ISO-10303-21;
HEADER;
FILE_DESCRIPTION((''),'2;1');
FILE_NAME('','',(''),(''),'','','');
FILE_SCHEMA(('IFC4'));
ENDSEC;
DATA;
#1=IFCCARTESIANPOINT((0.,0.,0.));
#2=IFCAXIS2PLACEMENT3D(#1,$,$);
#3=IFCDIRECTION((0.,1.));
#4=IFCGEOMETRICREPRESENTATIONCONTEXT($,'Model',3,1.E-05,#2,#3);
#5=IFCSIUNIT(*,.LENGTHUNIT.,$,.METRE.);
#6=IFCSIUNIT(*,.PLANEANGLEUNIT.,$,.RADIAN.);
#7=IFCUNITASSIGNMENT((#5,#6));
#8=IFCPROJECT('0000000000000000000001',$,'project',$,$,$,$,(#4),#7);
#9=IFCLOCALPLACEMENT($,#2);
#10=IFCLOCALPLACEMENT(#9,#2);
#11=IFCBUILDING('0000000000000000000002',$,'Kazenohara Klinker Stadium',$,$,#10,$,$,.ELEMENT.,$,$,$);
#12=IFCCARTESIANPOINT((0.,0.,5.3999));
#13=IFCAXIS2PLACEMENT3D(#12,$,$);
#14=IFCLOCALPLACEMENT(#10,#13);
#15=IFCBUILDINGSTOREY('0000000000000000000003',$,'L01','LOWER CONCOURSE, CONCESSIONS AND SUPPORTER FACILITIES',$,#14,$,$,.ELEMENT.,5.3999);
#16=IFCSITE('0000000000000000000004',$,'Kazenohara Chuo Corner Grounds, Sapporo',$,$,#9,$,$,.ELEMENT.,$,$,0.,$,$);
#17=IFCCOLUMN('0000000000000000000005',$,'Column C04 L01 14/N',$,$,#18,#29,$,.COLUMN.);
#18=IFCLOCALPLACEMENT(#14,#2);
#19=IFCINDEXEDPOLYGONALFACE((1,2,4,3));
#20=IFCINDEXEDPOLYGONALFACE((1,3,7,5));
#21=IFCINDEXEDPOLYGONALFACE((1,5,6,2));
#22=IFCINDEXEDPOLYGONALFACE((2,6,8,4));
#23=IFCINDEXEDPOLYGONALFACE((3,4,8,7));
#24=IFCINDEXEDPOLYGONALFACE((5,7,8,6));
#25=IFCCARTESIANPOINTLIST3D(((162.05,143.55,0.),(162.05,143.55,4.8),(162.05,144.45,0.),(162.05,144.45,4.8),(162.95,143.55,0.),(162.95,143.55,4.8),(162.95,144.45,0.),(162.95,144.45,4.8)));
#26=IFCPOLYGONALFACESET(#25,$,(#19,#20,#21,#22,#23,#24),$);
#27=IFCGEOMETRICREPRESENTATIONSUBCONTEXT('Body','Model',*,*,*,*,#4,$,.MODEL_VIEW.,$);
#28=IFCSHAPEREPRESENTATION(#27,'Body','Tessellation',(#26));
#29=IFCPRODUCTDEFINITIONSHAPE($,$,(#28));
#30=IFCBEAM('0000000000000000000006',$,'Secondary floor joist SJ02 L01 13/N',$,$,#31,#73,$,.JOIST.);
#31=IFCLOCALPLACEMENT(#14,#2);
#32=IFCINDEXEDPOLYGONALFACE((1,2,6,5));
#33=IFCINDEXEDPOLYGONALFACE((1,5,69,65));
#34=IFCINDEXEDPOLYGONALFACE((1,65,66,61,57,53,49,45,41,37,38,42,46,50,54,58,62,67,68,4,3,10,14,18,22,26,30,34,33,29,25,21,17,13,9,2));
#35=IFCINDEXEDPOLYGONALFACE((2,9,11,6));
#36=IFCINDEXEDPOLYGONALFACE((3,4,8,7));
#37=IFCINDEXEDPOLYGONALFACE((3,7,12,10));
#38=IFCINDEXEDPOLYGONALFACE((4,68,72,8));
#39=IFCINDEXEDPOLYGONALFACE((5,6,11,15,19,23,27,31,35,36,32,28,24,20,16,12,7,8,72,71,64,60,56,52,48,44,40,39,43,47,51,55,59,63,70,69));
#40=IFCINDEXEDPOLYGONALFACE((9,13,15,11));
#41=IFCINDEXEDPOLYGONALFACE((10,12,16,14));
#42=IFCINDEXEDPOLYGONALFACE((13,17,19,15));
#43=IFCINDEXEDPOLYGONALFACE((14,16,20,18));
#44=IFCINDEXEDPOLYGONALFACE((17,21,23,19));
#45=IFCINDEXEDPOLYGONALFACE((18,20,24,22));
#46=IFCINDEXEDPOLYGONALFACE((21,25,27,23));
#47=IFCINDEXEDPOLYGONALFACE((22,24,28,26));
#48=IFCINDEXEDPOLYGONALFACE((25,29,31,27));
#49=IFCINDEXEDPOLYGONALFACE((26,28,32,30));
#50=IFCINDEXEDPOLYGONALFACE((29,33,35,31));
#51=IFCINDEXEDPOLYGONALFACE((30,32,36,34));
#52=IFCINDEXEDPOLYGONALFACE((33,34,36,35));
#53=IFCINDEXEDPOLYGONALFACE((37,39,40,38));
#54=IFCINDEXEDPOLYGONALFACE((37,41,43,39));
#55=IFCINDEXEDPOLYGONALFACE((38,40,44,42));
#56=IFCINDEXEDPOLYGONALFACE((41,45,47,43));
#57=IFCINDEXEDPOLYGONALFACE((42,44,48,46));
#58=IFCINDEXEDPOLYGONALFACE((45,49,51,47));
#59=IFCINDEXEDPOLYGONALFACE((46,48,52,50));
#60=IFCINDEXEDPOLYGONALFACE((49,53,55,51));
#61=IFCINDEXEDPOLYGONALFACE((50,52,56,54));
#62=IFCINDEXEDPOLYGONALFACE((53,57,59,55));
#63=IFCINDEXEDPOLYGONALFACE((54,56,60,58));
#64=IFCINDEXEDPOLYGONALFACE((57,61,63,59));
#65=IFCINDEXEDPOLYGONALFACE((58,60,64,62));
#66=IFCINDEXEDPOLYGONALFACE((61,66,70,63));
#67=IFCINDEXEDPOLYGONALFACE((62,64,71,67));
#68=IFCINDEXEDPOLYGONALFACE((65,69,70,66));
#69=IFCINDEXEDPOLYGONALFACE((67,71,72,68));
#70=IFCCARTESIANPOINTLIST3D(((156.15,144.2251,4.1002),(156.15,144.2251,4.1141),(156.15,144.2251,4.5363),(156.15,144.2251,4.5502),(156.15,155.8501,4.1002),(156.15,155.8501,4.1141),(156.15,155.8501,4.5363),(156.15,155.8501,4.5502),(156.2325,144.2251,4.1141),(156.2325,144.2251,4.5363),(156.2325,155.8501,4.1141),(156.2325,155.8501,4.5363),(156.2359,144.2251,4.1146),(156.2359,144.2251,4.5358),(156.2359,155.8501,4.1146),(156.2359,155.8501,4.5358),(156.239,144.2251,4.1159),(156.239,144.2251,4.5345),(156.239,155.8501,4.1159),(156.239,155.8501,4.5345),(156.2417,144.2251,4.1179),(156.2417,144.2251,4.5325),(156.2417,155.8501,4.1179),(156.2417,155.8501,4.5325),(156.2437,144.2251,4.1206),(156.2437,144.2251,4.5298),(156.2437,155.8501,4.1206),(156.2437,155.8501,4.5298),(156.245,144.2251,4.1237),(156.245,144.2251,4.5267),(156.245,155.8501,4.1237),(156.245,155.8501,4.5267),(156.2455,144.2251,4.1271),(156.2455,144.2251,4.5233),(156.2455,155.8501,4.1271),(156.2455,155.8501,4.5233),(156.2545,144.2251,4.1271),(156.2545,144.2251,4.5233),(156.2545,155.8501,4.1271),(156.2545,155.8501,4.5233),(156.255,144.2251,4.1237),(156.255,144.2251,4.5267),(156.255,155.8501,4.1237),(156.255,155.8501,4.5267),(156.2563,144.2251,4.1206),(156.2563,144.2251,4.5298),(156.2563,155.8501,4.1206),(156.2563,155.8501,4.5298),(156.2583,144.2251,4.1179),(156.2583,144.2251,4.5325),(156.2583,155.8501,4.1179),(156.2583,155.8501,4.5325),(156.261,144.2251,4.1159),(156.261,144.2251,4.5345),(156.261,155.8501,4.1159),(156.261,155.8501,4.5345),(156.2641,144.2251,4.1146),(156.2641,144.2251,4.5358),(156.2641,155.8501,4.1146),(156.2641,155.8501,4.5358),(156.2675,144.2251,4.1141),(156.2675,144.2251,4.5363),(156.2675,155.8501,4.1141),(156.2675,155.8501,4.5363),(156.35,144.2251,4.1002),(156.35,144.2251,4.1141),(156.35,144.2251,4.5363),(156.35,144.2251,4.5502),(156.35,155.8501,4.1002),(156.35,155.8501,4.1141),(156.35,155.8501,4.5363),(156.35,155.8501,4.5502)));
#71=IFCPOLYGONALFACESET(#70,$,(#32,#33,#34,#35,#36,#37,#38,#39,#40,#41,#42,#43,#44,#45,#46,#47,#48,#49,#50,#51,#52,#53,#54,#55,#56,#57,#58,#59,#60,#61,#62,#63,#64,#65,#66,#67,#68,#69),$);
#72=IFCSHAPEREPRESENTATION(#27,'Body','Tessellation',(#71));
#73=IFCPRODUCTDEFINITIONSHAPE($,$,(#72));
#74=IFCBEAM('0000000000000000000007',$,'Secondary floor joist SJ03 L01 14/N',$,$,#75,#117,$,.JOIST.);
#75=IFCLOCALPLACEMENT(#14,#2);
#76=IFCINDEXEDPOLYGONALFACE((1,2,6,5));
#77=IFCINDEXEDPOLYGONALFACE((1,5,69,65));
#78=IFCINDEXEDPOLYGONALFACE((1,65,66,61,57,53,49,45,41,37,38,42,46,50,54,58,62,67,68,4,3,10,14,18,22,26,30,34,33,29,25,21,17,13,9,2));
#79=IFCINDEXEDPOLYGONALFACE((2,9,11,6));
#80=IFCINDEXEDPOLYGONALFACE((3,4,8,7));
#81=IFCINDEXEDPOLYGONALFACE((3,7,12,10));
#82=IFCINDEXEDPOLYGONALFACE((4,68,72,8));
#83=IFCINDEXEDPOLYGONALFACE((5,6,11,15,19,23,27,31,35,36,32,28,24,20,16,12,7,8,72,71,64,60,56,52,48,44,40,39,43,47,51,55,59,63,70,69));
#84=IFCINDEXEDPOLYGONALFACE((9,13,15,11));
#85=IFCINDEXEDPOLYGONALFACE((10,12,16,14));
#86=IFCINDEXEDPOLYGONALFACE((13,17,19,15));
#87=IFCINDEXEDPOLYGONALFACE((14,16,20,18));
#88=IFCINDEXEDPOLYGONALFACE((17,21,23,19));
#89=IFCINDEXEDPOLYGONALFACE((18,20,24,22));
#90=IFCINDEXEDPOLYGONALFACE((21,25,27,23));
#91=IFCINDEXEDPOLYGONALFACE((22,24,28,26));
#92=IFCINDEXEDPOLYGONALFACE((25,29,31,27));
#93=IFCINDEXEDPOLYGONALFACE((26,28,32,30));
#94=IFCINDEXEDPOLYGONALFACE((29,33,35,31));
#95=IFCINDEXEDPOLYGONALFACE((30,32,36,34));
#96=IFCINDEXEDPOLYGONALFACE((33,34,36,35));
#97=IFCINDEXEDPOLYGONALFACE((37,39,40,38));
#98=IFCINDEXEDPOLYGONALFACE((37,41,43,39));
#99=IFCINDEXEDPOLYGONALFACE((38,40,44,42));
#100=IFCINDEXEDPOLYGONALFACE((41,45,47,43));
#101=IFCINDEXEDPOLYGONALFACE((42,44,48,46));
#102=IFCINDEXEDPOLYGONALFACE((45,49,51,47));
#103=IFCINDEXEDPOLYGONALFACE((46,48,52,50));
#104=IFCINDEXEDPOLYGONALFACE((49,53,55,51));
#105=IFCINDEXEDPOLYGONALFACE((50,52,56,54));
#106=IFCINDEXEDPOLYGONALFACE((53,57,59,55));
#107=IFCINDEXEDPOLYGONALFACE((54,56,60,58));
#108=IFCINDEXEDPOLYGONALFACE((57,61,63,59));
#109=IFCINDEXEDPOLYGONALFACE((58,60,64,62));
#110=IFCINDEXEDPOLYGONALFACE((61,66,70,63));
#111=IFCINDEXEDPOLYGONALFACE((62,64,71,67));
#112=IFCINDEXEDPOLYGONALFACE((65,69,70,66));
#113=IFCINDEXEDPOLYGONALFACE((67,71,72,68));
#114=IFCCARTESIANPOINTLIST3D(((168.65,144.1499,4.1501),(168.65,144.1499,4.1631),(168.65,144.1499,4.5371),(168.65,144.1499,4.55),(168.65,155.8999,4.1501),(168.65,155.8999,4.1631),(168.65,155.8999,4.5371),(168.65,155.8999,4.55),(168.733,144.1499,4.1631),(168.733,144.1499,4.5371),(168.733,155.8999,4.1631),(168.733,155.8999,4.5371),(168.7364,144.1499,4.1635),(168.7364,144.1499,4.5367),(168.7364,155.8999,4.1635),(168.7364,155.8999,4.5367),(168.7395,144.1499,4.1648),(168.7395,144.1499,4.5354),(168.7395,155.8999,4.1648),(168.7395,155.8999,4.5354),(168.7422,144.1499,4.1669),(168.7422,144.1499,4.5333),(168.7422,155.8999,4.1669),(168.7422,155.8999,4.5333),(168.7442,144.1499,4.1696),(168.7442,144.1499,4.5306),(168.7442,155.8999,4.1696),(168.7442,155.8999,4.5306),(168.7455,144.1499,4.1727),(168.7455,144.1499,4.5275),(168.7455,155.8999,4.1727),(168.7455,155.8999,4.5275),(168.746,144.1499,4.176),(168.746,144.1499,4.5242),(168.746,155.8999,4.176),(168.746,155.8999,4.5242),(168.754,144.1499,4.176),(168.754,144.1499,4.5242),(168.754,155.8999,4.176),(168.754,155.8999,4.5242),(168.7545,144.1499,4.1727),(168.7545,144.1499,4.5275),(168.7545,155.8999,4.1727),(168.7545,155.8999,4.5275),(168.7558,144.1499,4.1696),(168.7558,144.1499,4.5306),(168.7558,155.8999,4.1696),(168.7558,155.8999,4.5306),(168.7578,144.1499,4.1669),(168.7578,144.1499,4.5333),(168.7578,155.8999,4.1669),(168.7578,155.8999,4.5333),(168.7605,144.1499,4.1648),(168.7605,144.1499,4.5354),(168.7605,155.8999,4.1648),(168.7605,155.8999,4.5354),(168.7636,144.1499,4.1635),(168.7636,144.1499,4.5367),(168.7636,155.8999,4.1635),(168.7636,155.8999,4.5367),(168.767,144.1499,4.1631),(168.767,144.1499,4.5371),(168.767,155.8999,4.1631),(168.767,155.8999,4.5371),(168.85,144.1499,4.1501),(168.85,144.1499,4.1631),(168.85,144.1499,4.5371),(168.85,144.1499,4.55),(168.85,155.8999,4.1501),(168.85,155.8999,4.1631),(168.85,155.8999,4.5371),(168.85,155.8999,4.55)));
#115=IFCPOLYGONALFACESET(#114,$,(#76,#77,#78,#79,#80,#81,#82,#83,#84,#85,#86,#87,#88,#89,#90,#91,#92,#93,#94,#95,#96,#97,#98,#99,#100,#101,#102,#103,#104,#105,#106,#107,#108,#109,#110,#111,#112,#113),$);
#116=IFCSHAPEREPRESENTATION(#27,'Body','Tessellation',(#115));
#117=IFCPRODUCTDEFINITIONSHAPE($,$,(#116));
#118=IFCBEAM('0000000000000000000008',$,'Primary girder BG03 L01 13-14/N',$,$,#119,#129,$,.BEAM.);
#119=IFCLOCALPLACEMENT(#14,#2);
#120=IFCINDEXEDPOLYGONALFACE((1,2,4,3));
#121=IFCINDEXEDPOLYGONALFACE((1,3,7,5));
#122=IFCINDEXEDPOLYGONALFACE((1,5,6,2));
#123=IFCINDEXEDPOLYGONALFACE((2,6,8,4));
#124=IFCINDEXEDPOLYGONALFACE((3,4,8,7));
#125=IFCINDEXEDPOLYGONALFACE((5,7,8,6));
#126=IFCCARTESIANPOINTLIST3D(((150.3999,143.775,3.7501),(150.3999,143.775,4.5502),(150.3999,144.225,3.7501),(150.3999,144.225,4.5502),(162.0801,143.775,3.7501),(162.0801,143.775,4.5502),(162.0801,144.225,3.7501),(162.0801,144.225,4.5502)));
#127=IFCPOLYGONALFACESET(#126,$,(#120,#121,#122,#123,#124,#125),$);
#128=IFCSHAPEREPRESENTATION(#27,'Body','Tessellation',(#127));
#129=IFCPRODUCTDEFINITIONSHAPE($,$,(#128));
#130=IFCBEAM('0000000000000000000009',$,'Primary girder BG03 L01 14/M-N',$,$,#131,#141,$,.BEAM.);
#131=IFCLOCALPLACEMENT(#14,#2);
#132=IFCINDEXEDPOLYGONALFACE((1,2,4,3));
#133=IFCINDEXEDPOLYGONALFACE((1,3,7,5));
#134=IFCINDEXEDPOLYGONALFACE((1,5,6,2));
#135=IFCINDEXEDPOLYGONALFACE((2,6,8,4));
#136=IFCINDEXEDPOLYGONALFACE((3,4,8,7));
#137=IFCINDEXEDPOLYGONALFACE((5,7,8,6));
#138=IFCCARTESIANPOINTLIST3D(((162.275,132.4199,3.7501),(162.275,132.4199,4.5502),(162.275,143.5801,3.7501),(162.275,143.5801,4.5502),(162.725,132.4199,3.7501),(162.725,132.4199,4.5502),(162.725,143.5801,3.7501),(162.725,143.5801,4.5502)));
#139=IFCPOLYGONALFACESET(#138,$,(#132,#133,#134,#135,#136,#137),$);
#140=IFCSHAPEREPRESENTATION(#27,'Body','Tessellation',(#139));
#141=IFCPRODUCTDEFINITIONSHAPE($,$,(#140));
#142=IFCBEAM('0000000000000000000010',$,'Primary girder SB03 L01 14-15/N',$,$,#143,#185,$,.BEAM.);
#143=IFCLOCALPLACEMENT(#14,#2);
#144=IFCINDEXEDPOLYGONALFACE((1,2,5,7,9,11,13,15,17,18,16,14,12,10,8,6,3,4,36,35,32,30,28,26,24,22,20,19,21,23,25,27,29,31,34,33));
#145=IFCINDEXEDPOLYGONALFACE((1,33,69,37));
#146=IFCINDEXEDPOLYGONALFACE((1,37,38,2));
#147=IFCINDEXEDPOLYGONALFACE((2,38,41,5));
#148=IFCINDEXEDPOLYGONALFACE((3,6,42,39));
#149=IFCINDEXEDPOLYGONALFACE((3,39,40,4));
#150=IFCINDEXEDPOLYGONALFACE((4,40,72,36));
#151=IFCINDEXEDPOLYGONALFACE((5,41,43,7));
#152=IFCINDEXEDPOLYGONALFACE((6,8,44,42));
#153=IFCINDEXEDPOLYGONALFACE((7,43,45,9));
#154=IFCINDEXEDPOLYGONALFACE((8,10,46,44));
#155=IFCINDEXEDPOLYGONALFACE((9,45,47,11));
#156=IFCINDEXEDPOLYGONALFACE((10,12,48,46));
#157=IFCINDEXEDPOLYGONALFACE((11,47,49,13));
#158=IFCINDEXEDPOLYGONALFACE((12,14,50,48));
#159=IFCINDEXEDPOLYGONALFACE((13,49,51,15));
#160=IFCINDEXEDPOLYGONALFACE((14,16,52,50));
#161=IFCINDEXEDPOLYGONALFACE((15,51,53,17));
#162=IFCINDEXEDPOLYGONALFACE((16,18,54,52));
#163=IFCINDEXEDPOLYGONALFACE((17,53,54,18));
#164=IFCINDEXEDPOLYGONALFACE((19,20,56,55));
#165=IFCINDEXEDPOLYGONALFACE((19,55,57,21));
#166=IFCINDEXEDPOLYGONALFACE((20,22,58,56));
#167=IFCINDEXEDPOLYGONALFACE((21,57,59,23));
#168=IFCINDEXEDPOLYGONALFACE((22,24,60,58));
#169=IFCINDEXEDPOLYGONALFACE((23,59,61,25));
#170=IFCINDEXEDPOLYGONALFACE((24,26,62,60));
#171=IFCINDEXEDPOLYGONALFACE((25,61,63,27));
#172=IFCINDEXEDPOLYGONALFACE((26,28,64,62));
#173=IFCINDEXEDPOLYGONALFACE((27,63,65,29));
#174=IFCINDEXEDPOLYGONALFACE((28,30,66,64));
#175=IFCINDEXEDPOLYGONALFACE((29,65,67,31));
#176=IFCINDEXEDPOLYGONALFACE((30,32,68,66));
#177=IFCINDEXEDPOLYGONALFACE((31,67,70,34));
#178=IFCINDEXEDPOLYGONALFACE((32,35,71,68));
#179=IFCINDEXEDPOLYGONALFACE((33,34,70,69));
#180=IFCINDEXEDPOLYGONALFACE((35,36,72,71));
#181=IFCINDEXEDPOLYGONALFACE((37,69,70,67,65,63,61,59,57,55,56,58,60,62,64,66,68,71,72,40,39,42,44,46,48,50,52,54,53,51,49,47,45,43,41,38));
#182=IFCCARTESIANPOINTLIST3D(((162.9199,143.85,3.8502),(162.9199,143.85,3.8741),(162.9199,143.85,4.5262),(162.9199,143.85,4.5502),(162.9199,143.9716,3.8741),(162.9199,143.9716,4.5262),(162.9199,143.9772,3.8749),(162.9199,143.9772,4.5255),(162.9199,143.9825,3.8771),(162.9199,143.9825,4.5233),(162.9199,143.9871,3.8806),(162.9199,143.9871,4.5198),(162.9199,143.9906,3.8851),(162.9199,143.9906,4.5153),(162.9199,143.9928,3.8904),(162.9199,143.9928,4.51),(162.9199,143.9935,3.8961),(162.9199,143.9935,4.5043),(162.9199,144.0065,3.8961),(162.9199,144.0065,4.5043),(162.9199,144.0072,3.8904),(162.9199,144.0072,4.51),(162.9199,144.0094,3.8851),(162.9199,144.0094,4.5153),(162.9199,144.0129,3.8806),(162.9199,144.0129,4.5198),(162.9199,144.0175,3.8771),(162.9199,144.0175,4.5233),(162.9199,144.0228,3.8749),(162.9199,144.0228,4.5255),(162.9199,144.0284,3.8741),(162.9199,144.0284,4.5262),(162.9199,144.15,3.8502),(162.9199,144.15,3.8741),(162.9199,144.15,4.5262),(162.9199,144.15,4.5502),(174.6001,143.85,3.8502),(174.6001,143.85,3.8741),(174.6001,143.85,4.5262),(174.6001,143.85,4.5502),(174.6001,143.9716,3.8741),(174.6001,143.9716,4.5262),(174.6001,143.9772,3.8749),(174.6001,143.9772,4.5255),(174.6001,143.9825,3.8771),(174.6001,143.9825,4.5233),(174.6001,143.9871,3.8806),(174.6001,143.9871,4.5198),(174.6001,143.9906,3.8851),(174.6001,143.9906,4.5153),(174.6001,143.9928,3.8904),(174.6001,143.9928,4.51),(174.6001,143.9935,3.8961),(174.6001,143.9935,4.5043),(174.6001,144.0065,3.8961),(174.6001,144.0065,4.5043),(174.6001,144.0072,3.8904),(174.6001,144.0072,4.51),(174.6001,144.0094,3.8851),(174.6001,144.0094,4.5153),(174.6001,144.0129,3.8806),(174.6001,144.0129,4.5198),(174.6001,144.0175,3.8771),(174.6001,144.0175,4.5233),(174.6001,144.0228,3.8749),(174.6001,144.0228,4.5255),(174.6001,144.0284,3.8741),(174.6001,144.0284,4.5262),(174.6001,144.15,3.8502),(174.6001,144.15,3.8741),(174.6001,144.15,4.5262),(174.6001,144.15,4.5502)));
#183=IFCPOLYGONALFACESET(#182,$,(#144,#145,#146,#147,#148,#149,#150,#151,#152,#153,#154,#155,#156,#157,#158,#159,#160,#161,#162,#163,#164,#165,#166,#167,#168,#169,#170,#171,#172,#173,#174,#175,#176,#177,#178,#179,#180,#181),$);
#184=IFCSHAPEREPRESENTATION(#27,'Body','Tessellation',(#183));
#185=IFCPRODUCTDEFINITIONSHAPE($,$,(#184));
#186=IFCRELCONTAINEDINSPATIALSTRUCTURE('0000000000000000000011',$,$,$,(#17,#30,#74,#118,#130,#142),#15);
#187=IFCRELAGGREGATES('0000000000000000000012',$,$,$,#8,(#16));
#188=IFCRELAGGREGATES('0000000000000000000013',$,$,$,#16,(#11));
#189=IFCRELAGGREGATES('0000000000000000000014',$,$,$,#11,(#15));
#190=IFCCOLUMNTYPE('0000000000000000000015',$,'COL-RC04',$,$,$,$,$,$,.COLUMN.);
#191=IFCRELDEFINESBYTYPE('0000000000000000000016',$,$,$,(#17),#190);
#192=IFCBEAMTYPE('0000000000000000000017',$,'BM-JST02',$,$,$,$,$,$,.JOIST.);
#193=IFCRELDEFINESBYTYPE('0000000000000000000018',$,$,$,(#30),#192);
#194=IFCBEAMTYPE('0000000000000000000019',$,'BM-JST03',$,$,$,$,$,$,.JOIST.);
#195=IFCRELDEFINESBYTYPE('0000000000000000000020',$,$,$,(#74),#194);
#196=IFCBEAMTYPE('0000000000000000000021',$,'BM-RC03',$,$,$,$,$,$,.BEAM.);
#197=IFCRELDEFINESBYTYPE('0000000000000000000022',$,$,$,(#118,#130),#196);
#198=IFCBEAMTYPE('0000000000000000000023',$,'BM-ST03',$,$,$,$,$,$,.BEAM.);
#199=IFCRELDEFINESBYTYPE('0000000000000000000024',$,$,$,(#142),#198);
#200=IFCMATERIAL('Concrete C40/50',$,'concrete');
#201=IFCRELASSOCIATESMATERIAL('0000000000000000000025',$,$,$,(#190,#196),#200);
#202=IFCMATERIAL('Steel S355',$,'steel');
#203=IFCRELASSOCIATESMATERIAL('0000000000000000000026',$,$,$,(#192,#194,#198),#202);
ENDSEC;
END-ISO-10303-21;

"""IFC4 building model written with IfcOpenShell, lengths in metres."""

from ifc_helpers import new_model, si_unit, direction, frame, origin, origin_2d, place, context, subcontext, project, spatial, rectangle, i_section, extrude, material, material_profile, profile_set, type_object, element, save


model = new_model("IFC4")

# Units and contexts
model_context = context("Model", 3, precision=1e-05, world=origin(), true_north=direction((0.0, 1.0)))
body_context = subcontext(model_context, "Body", "Model", "MODEL_VIEW")
ifc_project = project(units=[si_unit("LENGTHUNIT", "METRE"), si_unit("PLANEANGLEUNIT", "RADIAN")], contexts=[model_context])

# Site, building, storey
site_placement = place(None, origin())
site = spatial("IfcSite", under=ifc_project, at=site_placement, Name="Kazenohara Chuo Corner Grounds, Sapporo", CompositionType="ELEMENT", RefElevation=0.0)
building_placement = place(site_placement, origin())
building = spatial("IfcBuilding", under=site, at=building_placement, Name="Kazenohara Klinker Stadium", CompositionType="ELEMENT")
storey_placement = place(building_placement, frame((0.0, 0.0, 5.3999)))
storey = spatial("IfcBuildingStorey", under=building, at=storey_placement, Name="L01", Description="LOWER CONCOURSE, CONCESSIONS AND SUPPORTER FACILITIES", CompositionType="ELEMENT", Elevation=5.3999)

# Column
ifc_material_1 = material(Name="Concrete C40/50", Category="concrete")
ifc_material_profile_1 = material_profile(ifc_material_1, rectangle(XDim=0.8999, YDim=0.8999, at=origin_2d()), Name="RC-COL-900x900")
ifc_profile_set_1 = profile_set([ifc_material_profile_1], Name="Concrete C40/50")
column_type = type_object("IfcColumnType", Name="COL-RC04", PredefinedType="COLUMN", material=ifc_profile_set_1)
column_placement = place(storey_placement, frame((162.5, 144.0, 0.0), z_axis=(0.0, 0.0, 1.0), x_axis=(1.0, 0.0, 0.0)))
element("IfcColumn", 1, at=column_placement, inside=storey, type_object=column_type, Name="Column C04 L01 14/N", PredefinedType="COLUMN", context=body_context, shape_type="SweptSolid", body=[
    extrude(rectangle(XDim=0.8999, YDim=0.8999, at=origin_2d()), origin(), (0.0, 0.0, 1.0), 4.8),
])

# Beams
ifc_material_2 = material(Name="Steel S355", Category="steel")
ifc_material_profile_2 = material_profile(ifc_material_2, i_section(OverallWidth=0.2, OverallDepth=0.45, WebThickness=0.009, FlangeThickness=0.0139, FilletRadius=0.0129, at=origin_2d()), Name="H-450x200x9x14")
ifc_profile_set_2 = profile_set([ifc_material_profile_2], Name="Steel S355")
beam_type_1 = type_object("IfcBeamType", Name="BM-JST02", PredefinedType="JOIST", material=ifc_profile_set_2)
beam_1_placement = place(storey_placement, frame((156.25, 144.2251, 4.3252), z_axis=(0.0, 1.0, 0.0), x_axis=(-1.0, 0.0, 0.0)))
element("IfcBeam", 2, at=beam_1_placement, inside=storey, type_object=beam_type_1, Name="Secondary floor joist SJ02 L01 13/N", PredefinedType="JOIST", context=body_context, shape_type="SweptSolid", body=[
    extrude(i_section(OverallWidth=0.2, OverallDepth=0.45, WebThickness=0.009, FlangeThickness=0.0139, FilletRadius=0.0129, at=origin_2d()), origin(), (0.0, 0.0, 1.0), 11.625),
])
ifc_material_profile_3 = material_profile(ifc_material_2, i_section(OverallWidth=0.2, OverallDepth=0.3999, WebThickness=0.0081, FlangeThickness=0.0129, FilletRadius=0.0129, at=origin_2d()), Name="H-400x200x8x13")
ifc_profile_set_3 = profile_set([ifc_material_profile_3], Name="Steel S355")
beam_type_2 = type_object("IfcBeamType", Name="BM-JST03", PredefinedType="JOIST", material=ifc_profile_set_3)
beam_2_placement = place(storey_placement, frame((168.75, 144.1499, 4.3501), z_axis=(0.0, 1.0, 0.0), x_axis=(-1.0, 0.0, 0.0)))
element("IfcBeam", 3, at=beam_2_placement, inside=storey, type_object=beam_type_2, Name="Secondary floor joist SJ03 L01 14/N", PredefinedType="JOIST", context=body_context, shape_type="SweptSolid", body=[
    extrude(i_section(OverallWidth=0.2, OverallDepth=0.3999, WebThickness=0.0081, FlangeThickness=0.0129, FilletRadius=0.0129, at=origin_2d()), origin(), (0.0, 0.0, 1.0), 11.75),
])
ifc_material_profile_4 = material_profile(ifc_material_1, rectangle(XDim=0.45, YDim=0.8, at=origin_2d()), Name="RC-BM-450x800")
ifc_profile_set_4 = profile_set([ifc_material_profile_4], Name="Concrete C40/50")
beam_type_3 = type_object("IfcBeamType", Name="BM-RC03", PredefinedType="BEAM", material=ifc_profile_set_4)
beam_3_placement = place(storey_placement, frame((150.3999, 144.0, 4.1501), z_axis=(1.0, 0.0, 0.0), x_axis=(0.0, 1.0, 0.0)))
element("IfcBeam", 4, at=beam_3_placement, inside=storey, type_object=beam_type_3, Name="Primary girder BG03 L01 13-14/N", PredefinedType="BEAM", context=body_context, shape_type="SweptSolid", body=[
    extrude(rectangle(XDim=0.45, YDim=0.8, at=origin_2d()), origin(), (0.0, 0.0, 1.0), 11.6802),
])
beam_4_placement = place(storey_placement, frame((162.5, 132.4199, 4.1501), z_axis=(0.0, 1.0, 0.0), x_axis=(-1.0, 0.0, 0.0)))
element("IfcBeam", 5, at=beam_4_placement, inside=storey, type_object=beam_type_3, Name="Primary girder BG03 L01 14/M-N", PredefinedType="BEAM", context=body_context, shape_type="SweptSolid", body=[
    extrude(rectangle(XDim=0.45, YDim=0.8, at=origin_2d()), origin(), (0.0, 0.0, 1.0), 11.1602),
])
ifc_material_profile_5 = material_profile(ifc_material_2, i_section(OverallWidth=0.3, OverallDepth=0.7, WebThickness=0.0129, FlangeThickness=0.0239, FilletRadius=0.022, at=origin_2d()), Name="H-700x300x13x24")
ifc_profile_set_5 = profile_set([ifc_material_profile_5], Name="Steel S355")
beam_type_4 = type_object("IfcBeamType", Name="BM-ST03", PredefinedType="BEAM", material=ifc_profile_set_5)
beam_5_placement = place(storey_placement, frame((162.9199, 144.0, 4.2002), z_axis=(1.0, 0.0, 0.0), x_axis=(0.0, 1.0, 0.0)))
element("IfcBeam", 6, at=beam_5_placement, inside=storey, type_object=beam_type_4, Name="Primary girder SB03 L01 14-15/N", PredefinedType="BEAM", context=body_context, shape_type="SweptSolid", body=[
    extrude(i_section(OverallWidth=0.3, OverallDepth=0.7, WebThickness=0.0129, FlangeThickness=0.0239, FilletRadius=0.022, at=origin_2d()), origin(), (0.0, 0.0, 1.0), 11.6802),
])

save(model, "model.ifc")
